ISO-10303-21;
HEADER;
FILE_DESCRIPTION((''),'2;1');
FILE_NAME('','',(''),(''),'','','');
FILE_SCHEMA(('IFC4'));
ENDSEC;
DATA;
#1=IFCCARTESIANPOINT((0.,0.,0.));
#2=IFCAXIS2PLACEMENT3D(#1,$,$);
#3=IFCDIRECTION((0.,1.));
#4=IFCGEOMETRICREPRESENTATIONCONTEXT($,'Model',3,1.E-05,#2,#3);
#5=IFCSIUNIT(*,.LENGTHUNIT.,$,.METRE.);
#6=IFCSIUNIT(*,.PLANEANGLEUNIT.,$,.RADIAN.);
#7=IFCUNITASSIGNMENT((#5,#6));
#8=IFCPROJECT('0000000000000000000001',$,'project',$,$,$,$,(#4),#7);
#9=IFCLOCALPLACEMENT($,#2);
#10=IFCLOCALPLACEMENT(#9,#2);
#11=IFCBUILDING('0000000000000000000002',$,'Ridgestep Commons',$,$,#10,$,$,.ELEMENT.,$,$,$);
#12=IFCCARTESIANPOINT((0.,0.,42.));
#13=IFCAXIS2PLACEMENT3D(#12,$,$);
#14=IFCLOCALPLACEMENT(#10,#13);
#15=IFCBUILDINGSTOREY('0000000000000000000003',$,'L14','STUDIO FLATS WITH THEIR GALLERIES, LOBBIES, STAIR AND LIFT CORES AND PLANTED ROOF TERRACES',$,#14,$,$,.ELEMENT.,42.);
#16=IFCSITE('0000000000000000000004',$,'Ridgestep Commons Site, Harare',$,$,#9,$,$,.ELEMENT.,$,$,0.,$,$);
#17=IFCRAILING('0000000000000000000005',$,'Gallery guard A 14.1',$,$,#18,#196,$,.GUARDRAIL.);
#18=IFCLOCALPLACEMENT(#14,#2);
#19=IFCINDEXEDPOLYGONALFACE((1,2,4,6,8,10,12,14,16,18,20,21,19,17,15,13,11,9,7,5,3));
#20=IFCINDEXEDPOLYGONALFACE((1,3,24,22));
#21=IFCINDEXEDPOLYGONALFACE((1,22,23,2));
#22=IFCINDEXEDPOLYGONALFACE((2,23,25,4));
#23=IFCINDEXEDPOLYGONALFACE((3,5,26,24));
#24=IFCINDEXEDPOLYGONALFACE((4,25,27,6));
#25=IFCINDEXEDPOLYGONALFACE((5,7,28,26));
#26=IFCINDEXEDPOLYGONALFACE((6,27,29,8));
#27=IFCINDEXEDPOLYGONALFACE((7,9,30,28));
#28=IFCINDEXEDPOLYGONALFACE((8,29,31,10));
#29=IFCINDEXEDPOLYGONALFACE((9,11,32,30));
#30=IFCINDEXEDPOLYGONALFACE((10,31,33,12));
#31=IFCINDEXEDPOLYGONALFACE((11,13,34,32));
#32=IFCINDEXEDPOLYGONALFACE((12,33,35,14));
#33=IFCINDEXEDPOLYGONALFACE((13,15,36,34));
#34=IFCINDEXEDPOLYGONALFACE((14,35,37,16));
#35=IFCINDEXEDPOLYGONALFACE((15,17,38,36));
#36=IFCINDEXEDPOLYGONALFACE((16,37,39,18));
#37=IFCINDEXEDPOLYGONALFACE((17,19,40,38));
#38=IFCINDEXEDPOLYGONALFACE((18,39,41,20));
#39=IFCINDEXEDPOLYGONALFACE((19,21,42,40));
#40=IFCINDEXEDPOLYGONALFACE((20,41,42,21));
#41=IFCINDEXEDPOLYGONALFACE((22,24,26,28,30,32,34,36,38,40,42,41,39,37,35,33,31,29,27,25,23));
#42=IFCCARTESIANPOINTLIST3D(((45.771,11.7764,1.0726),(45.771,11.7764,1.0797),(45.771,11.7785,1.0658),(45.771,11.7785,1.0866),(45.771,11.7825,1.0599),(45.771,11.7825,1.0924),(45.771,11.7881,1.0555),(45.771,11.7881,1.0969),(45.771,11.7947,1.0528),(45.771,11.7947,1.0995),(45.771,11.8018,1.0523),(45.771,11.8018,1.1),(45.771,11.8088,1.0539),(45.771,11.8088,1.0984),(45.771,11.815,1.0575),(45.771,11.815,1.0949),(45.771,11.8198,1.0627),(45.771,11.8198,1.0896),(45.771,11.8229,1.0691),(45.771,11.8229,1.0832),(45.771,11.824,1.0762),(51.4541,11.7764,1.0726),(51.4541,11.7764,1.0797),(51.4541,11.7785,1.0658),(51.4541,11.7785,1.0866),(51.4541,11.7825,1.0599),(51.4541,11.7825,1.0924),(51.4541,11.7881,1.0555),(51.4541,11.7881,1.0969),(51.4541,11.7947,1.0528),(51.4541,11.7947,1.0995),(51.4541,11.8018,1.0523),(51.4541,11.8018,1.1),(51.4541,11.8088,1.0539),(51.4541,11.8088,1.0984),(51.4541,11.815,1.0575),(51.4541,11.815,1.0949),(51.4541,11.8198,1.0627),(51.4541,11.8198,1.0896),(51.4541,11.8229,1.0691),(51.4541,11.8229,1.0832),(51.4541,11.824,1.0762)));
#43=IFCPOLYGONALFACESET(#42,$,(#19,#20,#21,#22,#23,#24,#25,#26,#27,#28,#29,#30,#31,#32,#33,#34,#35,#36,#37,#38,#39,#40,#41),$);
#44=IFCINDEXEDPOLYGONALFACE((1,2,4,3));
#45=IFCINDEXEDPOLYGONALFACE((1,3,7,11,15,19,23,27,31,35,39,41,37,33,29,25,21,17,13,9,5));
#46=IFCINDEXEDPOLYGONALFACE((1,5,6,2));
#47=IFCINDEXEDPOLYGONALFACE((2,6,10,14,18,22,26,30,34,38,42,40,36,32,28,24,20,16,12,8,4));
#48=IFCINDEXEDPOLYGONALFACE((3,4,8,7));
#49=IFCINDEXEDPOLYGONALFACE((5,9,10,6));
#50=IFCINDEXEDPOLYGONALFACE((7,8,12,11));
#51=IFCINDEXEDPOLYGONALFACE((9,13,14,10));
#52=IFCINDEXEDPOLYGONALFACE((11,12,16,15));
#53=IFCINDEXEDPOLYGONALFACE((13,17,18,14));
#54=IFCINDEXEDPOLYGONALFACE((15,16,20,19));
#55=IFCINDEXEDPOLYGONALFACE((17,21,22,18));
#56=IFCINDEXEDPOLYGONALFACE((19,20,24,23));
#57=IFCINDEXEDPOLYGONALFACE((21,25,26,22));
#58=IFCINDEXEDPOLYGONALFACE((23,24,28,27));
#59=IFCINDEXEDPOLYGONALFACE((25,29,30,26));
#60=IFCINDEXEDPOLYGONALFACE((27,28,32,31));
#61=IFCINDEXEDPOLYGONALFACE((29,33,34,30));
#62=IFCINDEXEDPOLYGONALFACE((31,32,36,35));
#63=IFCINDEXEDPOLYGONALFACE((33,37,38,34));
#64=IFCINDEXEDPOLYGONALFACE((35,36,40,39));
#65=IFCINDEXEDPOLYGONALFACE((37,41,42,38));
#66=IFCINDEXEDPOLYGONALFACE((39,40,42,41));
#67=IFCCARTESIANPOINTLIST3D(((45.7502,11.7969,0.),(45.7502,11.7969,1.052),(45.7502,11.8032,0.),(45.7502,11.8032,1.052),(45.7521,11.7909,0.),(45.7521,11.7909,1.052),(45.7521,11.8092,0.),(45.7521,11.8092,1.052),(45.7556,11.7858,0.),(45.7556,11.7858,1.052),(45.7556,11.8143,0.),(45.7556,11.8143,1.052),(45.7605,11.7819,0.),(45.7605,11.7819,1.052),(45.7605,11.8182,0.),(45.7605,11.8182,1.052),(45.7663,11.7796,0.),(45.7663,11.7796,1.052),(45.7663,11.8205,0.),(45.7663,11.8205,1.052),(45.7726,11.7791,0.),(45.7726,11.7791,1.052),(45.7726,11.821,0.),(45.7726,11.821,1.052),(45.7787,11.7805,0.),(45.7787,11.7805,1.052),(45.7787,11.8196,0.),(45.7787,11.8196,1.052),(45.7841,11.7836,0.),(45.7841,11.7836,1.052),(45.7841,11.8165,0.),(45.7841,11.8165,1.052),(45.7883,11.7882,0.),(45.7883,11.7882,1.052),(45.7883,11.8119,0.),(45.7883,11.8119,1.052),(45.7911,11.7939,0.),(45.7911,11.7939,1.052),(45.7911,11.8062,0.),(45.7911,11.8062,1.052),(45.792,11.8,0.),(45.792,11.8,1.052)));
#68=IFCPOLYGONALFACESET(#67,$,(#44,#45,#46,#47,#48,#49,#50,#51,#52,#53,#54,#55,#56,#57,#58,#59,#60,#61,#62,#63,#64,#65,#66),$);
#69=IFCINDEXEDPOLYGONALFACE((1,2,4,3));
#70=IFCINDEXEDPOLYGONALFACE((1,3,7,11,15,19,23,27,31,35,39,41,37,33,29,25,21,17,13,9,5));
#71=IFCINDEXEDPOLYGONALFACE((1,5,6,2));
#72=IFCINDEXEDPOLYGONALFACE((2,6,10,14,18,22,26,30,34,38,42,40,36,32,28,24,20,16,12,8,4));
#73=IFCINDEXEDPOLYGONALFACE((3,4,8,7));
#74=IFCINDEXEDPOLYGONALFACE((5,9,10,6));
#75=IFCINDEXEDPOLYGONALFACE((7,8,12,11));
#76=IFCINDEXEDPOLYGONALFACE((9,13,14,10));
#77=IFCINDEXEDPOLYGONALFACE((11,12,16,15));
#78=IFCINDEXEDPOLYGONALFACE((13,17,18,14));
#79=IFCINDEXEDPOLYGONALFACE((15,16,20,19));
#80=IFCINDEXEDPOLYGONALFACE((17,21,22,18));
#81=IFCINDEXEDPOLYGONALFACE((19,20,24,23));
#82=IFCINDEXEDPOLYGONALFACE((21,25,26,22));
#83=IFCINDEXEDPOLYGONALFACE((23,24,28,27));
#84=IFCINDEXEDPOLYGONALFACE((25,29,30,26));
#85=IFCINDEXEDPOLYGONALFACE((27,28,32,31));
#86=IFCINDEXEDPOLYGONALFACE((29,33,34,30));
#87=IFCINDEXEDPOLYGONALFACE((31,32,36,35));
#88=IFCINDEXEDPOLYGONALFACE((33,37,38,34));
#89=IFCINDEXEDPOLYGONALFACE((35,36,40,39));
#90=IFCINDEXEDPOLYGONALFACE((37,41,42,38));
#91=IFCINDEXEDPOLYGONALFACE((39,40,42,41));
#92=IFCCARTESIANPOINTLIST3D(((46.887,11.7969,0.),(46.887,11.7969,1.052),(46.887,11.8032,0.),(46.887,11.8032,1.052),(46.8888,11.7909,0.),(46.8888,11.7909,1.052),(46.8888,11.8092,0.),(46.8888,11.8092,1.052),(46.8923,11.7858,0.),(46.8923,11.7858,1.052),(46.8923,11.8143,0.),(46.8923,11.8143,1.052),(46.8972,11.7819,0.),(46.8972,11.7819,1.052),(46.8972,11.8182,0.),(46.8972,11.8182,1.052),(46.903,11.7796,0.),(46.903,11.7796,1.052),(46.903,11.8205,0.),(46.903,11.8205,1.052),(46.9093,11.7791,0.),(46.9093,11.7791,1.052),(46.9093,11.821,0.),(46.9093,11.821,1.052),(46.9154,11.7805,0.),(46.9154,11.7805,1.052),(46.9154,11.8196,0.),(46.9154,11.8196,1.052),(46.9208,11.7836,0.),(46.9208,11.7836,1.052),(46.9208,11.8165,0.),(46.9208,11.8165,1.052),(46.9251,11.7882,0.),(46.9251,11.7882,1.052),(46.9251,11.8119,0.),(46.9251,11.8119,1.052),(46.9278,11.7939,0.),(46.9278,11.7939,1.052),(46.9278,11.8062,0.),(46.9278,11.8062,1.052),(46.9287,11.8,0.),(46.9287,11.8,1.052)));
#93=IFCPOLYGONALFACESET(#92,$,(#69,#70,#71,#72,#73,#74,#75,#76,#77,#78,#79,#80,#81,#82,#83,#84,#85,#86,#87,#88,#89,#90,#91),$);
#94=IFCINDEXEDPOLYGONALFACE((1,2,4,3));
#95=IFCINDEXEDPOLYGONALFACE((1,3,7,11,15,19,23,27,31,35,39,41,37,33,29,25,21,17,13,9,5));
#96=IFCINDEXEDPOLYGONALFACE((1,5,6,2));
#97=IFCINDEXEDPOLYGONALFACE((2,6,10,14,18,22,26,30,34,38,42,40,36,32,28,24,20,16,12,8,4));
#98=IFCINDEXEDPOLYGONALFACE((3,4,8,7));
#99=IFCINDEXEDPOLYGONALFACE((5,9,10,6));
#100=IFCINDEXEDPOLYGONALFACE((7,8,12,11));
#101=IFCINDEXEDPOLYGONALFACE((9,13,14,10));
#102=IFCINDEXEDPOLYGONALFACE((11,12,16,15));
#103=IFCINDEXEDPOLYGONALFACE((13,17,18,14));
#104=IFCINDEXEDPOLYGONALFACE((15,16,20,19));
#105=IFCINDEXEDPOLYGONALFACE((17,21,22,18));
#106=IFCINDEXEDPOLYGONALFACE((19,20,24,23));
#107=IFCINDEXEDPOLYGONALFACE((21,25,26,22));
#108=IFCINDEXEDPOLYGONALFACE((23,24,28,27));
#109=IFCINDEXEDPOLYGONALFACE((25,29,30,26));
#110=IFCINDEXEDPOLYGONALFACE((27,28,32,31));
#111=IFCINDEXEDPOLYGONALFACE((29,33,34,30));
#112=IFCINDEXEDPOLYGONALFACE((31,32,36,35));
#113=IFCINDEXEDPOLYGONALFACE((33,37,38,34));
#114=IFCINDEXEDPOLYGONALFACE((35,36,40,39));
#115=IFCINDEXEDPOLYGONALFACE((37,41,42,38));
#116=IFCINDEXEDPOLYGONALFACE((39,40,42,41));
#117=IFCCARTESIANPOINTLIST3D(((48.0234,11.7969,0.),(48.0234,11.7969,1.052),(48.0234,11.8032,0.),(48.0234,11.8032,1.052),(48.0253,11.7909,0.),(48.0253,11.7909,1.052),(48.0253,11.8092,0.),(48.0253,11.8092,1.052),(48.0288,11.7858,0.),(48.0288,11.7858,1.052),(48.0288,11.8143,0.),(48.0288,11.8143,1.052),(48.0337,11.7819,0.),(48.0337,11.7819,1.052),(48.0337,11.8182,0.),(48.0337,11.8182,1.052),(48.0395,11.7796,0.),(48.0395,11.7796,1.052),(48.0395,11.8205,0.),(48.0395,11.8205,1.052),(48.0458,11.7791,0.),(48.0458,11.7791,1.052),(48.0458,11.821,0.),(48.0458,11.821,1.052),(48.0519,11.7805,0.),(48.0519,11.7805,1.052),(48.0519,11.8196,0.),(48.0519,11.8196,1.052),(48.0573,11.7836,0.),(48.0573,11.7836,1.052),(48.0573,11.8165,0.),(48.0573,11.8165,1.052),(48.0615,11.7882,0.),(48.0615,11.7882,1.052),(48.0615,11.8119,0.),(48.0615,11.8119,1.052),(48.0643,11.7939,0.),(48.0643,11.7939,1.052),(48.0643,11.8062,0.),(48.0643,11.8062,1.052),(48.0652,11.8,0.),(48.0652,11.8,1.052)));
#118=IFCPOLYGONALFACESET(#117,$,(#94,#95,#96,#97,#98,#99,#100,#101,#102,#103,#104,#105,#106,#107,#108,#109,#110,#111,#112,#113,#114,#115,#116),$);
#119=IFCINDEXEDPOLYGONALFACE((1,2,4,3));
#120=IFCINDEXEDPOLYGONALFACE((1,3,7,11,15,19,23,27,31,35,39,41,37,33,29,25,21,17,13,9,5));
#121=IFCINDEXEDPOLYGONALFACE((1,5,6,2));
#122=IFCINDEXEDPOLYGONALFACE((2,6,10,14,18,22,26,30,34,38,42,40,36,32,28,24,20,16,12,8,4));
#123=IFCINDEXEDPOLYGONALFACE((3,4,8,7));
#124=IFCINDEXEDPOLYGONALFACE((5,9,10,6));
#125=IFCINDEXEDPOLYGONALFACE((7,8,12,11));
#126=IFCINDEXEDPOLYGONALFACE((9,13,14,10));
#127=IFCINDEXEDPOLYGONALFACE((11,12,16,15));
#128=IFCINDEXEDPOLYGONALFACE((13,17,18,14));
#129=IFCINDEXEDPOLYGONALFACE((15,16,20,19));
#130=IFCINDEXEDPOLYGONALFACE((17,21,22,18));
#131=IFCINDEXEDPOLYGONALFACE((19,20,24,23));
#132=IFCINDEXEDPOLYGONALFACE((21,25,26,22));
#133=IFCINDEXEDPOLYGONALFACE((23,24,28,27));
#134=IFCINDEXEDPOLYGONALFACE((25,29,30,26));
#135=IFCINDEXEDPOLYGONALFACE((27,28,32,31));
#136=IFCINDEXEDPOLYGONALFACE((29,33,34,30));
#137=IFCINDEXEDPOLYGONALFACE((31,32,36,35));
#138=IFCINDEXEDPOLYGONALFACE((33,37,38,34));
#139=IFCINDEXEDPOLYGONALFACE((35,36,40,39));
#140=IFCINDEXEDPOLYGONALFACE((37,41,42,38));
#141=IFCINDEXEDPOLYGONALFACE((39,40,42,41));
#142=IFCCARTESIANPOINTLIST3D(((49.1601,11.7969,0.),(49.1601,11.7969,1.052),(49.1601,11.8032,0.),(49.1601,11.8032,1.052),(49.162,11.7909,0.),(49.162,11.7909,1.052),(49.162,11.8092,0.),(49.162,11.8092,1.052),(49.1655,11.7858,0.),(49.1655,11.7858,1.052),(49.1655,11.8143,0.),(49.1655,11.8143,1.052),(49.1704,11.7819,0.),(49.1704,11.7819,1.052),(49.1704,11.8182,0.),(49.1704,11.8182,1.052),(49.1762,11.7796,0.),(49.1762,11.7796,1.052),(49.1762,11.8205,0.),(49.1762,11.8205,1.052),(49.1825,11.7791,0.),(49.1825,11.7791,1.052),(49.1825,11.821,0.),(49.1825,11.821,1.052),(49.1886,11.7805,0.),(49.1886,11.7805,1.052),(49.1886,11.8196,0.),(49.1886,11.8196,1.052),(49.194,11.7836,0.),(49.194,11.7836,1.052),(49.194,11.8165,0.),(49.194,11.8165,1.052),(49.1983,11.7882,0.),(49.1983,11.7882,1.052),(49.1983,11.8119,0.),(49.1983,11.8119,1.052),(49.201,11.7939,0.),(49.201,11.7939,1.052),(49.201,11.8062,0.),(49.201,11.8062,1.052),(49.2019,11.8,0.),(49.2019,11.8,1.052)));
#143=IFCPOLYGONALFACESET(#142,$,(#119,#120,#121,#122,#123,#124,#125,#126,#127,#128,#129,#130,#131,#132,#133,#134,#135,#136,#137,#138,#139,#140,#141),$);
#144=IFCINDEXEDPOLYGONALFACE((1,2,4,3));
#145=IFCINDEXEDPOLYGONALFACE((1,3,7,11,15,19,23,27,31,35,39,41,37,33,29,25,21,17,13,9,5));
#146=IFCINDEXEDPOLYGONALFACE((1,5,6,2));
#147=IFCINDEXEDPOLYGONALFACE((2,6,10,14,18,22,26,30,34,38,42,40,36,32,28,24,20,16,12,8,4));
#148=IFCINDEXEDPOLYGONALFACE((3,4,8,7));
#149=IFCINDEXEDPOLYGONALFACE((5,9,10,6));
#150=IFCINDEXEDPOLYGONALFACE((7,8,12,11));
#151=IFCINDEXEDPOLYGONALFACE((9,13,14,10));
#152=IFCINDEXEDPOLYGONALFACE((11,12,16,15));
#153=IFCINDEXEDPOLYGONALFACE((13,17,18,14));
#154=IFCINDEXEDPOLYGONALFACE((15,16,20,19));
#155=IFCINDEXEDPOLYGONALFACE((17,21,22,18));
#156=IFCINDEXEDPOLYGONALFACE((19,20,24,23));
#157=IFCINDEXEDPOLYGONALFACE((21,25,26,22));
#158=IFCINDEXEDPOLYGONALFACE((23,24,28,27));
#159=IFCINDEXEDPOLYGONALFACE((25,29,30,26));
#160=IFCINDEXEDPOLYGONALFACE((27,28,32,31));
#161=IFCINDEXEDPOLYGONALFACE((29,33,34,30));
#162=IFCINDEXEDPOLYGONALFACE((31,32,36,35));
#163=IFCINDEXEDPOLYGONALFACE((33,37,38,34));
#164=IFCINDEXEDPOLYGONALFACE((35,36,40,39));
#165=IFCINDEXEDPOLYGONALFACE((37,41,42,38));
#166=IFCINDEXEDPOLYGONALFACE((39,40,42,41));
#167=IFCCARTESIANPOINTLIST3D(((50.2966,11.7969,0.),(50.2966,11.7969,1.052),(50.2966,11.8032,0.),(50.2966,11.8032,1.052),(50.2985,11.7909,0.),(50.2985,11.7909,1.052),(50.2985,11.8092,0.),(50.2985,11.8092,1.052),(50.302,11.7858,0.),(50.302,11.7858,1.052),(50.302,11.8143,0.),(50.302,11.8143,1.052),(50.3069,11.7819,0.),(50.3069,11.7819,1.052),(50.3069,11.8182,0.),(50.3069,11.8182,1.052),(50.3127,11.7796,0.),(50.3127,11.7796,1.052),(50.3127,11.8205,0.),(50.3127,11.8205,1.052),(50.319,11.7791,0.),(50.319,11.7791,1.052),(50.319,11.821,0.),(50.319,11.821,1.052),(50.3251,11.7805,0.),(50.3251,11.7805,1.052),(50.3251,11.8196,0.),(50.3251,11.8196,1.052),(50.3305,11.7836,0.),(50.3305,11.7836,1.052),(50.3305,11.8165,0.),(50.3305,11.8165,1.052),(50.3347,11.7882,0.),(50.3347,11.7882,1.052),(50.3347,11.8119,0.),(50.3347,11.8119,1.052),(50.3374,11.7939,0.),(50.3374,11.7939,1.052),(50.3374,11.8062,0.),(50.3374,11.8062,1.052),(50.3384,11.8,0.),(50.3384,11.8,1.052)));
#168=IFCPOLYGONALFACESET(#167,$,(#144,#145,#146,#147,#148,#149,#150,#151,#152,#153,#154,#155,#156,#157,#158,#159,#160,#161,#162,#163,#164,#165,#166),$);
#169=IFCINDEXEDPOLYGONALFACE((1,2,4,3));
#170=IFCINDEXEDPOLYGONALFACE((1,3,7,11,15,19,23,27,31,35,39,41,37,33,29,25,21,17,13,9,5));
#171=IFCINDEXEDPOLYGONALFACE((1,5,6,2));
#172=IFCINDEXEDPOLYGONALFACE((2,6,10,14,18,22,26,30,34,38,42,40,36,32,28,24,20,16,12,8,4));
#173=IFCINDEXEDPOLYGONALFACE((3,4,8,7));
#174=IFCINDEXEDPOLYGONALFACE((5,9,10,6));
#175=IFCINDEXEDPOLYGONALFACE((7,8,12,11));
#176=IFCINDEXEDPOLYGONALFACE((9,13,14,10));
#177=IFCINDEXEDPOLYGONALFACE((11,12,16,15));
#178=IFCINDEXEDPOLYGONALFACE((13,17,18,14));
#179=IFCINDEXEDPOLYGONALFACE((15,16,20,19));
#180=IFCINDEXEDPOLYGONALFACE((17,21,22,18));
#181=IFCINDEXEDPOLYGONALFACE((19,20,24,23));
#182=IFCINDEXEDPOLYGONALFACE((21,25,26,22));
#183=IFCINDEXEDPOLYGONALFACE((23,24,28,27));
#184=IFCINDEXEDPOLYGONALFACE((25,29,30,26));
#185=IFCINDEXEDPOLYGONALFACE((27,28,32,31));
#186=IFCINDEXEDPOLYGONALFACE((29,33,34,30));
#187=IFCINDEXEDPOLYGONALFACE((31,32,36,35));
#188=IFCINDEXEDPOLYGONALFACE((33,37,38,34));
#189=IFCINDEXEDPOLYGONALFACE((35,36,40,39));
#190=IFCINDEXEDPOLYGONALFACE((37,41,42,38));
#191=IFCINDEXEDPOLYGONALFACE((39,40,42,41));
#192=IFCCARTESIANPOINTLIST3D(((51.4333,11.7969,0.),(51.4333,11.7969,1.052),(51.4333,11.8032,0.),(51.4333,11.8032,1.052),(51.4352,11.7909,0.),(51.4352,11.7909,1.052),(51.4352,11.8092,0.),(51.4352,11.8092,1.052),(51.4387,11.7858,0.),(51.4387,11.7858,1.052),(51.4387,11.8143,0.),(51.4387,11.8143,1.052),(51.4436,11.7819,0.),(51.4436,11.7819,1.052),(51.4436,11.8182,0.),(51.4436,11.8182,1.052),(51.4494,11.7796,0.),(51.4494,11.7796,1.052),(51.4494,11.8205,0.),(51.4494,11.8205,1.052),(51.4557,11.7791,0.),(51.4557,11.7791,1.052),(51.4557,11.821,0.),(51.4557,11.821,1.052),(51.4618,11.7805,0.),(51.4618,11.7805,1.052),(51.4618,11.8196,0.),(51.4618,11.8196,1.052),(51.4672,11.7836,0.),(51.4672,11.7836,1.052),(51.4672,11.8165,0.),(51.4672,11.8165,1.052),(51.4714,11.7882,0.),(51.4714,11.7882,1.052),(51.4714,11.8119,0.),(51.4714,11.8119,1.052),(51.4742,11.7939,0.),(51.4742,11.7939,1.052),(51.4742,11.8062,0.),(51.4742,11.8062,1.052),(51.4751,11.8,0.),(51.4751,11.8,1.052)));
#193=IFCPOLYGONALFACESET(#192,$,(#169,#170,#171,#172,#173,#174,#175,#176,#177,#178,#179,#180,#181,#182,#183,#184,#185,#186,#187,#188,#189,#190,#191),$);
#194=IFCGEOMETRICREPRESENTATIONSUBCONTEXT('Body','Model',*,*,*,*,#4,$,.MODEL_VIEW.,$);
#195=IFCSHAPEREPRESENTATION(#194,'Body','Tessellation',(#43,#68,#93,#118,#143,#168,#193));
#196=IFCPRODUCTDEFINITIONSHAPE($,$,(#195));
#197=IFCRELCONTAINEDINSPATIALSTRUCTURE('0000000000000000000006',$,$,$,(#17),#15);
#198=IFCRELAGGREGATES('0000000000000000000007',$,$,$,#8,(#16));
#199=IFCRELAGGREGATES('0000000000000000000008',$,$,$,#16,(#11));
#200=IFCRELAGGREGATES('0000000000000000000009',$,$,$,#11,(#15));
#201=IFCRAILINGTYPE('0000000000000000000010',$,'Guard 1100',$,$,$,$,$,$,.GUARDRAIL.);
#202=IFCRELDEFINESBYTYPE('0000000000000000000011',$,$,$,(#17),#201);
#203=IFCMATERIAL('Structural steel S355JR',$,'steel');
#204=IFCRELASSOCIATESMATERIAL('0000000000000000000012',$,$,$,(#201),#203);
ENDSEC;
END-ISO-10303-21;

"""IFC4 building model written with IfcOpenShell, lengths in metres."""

from ifc_helpers import new_model, si_unit, direction, frame, origin, origin_2d, place, context, subcontext, project, spatial, circle, extrude, material, type_object, element, save


model = new_model("IFC4")

# Units and contexts
model_context = context("Model", 3, precision=1e-05, world=origin(), true_north=direction((0.0, 1.0)))
body_context = subcontext(model_context, "Body", "Model", "MODEL_VIEW")
ifc_project = project(units=[si_unit("LENGTHUNIT", "METRE"), si_unit("PLANEANGLEUNIT", "RADIAN")], contexts=[model_context])

# Site, building, storey
site_placement = place(None, origin())
site = spatial("IfcSite", under=ifc_project, at=site_placement, Name="Ridgestep Commons Site, Harare", CompositionType="ELEMENT", RefElevation=0.0)
building_placement = place(site_placement, origin())
building = spatial("IfcBuilding", under=site, at=building_placement, Name="Ridgestep Commons", CompositionType="ELEMENT")
storey_placement = place(building_placement, frame((0.0, 0.0, 42.0)))
storey = spatial("IfcBuildingStorey", under=building, at=storey_placement, Name="L14", Description="STUDIO FLATS WITH THEIR GALLERIES, LOBBIES, STAIR AND LIFT CORES AND PLANTED ROOF TERRACES", CompositionType="ELEMENT", Elevation=42.0)

# Railing
ifc_material_1 = material(Name="Structural steel S355JR", Category="steel")
railing_type_1 = type_object("IfcRailingType", Name="Guard 1100", PredefinedType="GUARDRAIL", material=ifc_material_1)
railing_1_placement = place(storey_placement, frame((45.771, 11.8, 0.0)))
element("IfcRailing", 1, at=railing_1_placement, inside=storey, type_object=railing_type_1, Name="Gallery guard A 14.1", PredefinedType="GUARDRAIL", context=body_context, shape_type="SweptSolid", body=[
    extrude(circle(Radius=0.0239, at=origin_2d()), frame((0.0, 0.0, 1.0762), z_axis=(1.0, 0.0, 0.0), x_axis=(0.0, 1.0, 0.0)), (0.0, 0.0, 1.0), 5.6831),
    extrude(circle(Radius=0.021, at=origin_2d()), origin(), (0.0, 0.0, 1.0), 1.052),
    extrude(circle(Radius=0.021, at=origin_2d()), frame((1.1367, 0.0, 0.0)), (0.0, 0.0, 1.0), 1.052),
    extrude(circle(Radius=0.021, at=origin_2d()), frame((2.2732, 0.0, 0.0)), (0.0, 0.0, 1.0), 1.052),
    extrude(circle(Radius=0.021, at=origin_2d()), frame((3.4099, 0.0, 0.0)), (0.0, 0.0, 1.0), 1.052),
    extrude(circle(Radius=0.021, at=origin_2d()), frame((4.5464, 0.0, 0.0)), (0.0, 0.0, 1.0), 1.052),
    extrude(circle(Radius=0.021, at=origin_2d()), frame((5.6831, 0.0, 0.0)), (0.0, 0.0, 1.0), 1.052),
])

save(model, "model.ifc")
